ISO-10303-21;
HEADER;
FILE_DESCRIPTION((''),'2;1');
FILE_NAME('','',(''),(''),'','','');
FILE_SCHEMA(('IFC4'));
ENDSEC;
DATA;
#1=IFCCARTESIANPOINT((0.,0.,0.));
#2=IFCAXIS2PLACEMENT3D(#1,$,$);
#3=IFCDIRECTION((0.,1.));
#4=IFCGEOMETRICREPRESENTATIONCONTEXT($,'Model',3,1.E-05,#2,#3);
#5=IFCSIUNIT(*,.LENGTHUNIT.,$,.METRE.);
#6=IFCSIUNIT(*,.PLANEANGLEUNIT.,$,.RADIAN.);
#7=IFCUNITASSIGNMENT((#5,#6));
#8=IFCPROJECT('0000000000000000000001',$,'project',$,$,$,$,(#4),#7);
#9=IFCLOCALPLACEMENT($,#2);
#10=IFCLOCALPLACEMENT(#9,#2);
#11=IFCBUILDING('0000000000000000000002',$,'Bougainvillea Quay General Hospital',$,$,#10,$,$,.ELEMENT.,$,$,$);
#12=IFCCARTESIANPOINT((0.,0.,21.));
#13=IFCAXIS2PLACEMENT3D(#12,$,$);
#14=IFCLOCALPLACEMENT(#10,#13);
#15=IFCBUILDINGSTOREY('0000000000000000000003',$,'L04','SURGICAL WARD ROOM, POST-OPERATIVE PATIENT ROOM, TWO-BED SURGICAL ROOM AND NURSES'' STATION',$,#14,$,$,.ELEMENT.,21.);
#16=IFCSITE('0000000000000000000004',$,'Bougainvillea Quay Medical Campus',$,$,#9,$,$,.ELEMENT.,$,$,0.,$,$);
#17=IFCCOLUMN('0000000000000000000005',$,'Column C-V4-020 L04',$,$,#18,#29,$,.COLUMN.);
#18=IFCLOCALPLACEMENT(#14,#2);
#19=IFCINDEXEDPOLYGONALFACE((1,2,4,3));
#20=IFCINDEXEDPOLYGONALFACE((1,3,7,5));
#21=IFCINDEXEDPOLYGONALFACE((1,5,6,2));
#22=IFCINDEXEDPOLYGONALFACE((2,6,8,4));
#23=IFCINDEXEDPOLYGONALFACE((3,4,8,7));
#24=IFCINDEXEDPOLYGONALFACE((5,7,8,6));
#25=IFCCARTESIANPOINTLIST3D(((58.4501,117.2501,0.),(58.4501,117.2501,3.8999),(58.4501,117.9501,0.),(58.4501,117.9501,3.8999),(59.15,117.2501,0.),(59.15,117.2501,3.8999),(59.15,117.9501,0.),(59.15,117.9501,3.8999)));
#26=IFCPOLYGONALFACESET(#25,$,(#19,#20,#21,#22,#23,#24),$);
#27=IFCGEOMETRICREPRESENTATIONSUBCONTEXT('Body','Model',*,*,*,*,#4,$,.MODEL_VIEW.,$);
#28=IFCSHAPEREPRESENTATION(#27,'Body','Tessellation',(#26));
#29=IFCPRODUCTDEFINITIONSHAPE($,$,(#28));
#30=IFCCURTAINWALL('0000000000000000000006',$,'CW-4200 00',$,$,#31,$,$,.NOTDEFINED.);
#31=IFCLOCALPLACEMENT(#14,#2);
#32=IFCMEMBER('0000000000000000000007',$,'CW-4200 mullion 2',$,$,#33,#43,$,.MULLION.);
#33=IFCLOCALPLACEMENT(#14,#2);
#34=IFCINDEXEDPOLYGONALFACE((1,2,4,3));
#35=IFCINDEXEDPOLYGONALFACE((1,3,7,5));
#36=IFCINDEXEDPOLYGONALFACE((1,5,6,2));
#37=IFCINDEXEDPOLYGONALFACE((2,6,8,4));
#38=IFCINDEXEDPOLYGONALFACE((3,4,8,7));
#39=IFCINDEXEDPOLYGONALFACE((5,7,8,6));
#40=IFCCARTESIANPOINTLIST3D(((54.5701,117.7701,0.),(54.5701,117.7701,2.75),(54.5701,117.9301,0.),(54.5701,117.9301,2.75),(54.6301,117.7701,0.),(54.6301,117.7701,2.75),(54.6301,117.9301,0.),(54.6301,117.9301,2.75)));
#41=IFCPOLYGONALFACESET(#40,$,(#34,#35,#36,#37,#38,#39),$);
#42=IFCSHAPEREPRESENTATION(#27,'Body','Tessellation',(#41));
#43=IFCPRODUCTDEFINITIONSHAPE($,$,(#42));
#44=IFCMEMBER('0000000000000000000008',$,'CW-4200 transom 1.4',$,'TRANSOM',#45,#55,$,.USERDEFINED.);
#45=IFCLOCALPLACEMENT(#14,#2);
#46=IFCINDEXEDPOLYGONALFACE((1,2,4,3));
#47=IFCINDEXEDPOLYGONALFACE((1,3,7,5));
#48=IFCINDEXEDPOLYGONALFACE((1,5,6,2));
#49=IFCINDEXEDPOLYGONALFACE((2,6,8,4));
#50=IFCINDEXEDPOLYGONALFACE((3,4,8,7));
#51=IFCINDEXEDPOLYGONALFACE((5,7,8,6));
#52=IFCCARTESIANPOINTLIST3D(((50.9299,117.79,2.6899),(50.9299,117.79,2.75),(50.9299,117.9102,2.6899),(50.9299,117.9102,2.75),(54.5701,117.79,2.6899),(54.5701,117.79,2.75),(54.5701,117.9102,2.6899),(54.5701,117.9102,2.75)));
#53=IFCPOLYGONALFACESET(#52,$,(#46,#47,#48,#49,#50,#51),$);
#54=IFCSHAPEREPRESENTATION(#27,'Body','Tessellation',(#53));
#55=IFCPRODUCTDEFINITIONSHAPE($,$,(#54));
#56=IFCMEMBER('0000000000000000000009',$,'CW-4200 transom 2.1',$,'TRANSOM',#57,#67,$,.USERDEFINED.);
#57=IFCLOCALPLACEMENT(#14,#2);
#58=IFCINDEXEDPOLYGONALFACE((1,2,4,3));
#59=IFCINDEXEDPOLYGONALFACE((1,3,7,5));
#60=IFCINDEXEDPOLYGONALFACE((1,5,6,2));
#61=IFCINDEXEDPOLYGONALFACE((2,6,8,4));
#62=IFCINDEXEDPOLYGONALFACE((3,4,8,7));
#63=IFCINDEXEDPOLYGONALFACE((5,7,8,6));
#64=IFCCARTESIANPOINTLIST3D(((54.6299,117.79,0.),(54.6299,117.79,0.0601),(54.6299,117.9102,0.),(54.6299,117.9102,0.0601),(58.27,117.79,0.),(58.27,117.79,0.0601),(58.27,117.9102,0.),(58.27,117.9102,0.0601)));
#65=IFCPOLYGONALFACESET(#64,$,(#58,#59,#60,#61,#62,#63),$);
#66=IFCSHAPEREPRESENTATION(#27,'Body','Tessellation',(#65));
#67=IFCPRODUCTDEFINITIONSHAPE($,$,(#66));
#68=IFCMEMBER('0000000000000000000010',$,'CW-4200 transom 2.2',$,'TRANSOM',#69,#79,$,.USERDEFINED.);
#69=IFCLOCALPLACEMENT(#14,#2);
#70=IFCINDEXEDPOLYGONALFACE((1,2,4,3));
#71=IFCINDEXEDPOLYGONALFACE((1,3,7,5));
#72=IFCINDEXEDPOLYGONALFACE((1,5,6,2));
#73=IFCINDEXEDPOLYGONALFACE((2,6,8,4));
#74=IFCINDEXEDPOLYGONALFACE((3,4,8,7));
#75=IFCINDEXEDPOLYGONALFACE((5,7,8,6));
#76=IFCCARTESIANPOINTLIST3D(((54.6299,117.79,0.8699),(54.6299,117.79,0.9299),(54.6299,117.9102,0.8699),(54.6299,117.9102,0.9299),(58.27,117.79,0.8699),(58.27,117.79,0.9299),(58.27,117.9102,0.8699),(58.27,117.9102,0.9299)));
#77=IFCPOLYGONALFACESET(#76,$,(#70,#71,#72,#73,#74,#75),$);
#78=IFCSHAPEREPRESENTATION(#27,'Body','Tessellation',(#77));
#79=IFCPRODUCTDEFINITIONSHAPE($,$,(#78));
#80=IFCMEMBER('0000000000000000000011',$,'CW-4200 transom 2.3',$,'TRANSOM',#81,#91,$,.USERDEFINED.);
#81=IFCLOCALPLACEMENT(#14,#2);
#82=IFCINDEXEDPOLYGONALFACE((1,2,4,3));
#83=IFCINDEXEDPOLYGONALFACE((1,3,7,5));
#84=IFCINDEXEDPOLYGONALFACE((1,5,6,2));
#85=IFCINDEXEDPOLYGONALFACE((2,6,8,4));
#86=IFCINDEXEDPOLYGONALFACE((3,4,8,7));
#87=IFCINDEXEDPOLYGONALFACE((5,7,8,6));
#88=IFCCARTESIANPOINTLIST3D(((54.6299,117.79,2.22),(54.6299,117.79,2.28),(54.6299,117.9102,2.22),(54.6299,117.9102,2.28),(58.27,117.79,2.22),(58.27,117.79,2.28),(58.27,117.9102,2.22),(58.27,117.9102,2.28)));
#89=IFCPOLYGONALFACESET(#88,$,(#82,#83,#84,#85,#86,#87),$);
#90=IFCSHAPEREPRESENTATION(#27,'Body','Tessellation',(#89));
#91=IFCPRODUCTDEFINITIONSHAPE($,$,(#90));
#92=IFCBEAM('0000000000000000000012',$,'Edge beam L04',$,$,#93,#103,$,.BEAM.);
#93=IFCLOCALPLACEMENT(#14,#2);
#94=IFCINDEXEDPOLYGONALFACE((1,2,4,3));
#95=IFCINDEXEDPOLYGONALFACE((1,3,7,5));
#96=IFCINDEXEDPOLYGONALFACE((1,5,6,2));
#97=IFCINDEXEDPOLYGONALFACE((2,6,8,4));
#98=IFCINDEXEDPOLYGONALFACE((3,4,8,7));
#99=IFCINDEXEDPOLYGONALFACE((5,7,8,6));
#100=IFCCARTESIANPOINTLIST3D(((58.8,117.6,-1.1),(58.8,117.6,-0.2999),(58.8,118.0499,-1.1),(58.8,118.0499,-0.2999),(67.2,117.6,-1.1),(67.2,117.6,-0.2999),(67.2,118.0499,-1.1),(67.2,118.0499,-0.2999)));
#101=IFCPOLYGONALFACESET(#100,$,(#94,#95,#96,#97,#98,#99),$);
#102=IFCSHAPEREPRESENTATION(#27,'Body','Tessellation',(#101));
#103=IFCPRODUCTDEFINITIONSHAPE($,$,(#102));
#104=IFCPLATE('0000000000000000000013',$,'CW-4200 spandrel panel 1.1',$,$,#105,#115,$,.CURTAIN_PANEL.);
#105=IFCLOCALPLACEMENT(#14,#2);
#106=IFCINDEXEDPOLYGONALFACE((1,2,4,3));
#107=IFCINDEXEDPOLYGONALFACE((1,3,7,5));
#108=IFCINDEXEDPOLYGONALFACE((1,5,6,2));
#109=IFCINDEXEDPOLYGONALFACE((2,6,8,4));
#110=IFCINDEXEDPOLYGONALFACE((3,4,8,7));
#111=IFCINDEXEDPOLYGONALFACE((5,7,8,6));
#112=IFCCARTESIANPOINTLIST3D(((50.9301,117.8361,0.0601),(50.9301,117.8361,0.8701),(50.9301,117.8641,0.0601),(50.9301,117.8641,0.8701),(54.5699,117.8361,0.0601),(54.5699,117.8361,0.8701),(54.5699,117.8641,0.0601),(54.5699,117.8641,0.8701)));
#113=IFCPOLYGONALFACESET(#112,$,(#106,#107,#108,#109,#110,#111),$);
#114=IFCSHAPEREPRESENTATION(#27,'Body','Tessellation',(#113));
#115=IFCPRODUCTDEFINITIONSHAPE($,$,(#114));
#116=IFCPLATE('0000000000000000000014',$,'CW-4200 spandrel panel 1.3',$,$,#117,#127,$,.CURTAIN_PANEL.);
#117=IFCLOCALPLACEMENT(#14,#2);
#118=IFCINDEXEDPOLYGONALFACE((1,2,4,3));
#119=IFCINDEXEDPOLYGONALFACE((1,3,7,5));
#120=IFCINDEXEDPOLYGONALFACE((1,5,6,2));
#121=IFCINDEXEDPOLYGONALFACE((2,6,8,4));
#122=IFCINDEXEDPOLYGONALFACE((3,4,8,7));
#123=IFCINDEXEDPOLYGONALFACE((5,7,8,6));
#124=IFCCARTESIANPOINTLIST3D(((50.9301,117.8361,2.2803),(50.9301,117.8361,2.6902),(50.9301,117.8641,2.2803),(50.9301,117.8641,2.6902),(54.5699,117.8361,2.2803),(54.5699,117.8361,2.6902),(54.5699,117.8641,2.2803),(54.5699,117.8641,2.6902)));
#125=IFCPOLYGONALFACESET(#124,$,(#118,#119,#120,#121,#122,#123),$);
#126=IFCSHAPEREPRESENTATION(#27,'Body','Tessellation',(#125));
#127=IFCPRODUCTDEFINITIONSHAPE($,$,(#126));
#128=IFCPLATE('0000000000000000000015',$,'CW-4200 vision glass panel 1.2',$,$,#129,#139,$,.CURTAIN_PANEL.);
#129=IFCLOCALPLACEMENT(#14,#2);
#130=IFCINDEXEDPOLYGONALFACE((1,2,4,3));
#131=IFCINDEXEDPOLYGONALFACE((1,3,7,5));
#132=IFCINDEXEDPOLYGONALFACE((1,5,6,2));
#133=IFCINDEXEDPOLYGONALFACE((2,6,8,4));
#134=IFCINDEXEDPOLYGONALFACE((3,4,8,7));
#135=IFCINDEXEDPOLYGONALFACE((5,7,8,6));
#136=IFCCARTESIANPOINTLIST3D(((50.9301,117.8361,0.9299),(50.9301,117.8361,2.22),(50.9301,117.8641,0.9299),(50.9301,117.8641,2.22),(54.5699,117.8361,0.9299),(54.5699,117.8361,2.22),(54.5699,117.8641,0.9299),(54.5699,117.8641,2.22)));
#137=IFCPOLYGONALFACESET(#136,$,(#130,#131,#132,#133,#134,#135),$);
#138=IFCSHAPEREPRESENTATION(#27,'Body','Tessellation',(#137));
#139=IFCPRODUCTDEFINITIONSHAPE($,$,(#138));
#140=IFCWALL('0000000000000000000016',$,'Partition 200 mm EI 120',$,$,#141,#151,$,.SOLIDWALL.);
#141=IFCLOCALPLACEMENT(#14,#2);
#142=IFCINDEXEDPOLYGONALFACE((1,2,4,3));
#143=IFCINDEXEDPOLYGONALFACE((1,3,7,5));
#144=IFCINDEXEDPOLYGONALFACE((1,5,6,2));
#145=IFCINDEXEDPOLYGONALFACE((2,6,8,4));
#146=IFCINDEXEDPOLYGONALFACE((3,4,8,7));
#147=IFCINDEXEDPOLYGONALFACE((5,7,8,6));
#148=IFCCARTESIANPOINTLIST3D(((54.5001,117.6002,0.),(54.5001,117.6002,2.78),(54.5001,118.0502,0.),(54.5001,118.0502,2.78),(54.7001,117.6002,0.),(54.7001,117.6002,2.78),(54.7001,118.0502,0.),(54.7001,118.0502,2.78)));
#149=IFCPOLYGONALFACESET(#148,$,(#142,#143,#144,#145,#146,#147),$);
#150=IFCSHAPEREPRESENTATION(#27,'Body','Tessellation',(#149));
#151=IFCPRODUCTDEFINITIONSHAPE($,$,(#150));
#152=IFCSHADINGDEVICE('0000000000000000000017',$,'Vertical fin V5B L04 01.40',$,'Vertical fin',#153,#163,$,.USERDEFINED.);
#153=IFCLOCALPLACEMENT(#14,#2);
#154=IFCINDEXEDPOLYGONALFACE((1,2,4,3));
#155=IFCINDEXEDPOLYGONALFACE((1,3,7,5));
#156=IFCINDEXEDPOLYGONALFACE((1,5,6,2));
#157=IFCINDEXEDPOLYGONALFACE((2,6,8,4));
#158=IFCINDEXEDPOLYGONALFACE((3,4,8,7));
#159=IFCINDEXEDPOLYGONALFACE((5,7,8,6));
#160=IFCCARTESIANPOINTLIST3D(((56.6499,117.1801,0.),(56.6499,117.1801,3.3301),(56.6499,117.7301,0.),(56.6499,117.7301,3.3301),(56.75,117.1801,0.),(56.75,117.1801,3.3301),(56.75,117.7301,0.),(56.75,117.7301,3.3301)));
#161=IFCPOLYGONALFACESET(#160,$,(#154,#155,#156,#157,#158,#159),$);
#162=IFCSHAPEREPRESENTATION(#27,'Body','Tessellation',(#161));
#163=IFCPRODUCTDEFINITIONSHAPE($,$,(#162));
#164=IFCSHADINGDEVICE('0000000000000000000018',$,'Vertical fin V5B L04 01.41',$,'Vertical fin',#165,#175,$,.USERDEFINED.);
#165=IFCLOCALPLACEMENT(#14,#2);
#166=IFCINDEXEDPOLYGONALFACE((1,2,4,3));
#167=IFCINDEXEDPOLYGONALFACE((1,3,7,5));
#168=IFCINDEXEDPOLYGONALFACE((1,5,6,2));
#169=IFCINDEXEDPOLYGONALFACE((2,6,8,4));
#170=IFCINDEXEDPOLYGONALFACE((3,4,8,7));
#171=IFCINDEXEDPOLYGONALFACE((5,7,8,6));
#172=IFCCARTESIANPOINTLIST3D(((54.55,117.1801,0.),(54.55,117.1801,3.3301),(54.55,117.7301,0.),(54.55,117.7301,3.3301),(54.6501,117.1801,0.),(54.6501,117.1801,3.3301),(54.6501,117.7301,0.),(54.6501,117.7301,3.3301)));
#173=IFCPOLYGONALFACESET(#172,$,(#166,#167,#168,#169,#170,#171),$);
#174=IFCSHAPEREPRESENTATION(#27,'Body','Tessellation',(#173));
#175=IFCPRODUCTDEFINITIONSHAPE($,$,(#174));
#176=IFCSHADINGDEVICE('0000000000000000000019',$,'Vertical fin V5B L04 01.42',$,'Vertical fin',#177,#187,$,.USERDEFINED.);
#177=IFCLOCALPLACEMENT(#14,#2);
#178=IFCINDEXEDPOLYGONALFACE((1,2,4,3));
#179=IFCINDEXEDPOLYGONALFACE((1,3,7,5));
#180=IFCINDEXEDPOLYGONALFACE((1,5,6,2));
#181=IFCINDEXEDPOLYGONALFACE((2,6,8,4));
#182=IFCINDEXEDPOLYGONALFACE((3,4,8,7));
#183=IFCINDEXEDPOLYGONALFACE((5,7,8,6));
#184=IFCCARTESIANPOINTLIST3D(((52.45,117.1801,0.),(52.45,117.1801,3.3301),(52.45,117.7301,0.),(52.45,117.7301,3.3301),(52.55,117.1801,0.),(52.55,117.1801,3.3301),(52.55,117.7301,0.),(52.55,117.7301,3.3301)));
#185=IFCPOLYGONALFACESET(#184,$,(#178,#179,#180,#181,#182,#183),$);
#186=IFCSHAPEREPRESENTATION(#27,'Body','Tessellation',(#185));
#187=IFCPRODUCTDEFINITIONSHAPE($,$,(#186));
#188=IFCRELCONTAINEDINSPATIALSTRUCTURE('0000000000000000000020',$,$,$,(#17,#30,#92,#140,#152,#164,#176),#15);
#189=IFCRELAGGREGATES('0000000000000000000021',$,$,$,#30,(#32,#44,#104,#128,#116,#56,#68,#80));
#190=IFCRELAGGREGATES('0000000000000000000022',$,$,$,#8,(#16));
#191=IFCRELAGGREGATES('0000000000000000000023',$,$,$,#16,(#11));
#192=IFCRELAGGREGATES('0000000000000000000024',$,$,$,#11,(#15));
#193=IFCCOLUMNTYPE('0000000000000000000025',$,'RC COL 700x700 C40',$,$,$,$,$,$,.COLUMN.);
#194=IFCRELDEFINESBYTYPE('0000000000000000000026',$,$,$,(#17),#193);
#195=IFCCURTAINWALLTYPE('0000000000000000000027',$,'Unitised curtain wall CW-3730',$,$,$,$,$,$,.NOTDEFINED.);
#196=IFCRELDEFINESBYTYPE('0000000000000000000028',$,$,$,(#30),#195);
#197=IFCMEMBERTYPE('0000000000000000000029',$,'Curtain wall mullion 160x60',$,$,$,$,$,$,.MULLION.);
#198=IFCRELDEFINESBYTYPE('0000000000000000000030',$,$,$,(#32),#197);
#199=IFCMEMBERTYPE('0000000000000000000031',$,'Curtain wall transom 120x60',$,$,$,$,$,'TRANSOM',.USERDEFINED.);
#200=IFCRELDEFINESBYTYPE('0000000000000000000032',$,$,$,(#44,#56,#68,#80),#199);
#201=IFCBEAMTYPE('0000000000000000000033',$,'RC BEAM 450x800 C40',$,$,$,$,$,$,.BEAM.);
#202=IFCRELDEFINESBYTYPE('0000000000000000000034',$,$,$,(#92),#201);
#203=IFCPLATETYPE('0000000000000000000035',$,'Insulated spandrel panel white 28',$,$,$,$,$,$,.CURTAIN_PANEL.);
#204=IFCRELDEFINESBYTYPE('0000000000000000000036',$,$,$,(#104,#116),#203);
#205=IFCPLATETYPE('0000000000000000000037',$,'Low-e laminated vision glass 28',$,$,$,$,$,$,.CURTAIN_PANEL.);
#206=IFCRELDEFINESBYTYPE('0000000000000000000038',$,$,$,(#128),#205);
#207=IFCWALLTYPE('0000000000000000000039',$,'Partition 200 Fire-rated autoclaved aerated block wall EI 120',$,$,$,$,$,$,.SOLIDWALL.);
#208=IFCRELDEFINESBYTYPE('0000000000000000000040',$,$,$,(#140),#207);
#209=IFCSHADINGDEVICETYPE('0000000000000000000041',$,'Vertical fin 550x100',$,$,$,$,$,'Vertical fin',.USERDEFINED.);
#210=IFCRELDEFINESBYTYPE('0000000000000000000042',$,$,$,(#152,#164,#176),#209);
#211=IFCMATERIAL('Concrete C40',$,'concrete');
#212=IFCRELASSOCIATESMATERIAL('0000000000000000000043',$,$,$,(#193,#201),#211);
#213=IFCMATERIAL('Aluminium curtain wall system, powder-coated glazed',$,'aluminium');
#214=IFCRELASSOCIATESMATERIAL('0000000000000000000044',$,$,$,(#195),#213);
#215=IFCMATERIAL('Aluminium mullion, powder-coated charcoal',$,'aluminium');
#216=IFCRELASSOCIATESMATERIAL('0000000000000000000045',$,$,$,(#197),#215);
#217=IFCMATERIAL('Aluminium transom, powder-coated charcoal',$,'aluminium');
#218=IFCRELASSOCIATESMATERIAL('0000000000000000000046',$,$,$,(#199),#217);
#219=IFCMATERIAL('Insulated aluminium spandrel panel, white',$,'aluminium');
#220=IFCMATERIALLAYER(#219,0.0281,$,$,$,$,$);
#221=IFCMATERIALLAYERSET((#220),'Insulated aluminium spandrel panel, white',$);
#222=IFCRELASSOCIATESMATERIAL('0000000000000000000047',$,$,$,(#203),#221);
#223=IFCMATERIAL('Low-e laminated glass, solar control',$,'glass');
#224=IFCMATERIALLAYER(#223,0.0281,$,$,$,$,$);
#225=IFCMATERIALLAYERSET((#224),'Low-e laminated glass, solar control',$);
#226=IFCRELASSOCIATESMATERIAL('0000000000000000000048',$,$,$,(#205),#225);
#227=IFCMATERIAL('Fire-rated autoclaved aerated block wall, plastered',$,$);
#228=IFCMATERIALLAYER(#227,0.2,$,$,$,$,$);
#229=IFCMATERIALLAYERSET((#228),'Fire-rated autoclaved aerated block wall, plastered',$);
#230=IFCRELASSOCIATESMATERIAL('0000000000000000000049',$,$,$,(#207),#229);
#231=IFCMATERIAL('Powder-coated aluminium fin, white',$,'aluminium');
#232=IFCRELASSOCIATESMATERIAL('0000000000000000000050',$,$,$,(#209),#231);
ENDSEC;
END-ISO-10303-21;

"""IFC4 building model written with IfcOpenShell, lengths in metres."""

from ifc_helpers import new_model, si_unit, direction, frame, frame_2d, origin, origin_2d, place, context, subcontext, project, spatial, rectangle, extrude, material, layer, layer_set, material_profile, profile_set, type_object, element, aggregate, save


model = new_model("IFC4")

# Units and contexts
model_context = context("Model", 3, precision=1e-05, world=origin(), true_north=direction((0.0, 1.0)))
body_context = subcontext(model_context, "Body", "Model", "MODEL_VIEW")
ifc_project = project(units=[si_unit("LENGTHUNIT", "METRE"), si_unit("PLANEANGLEUNIT", "RADIAN")], contexts=[model_context])

# Site, building, storey
site_placement = place(None, origin())
site = spatial("IfcSite", under=ifc_project, at=site_placement, Name="Bougainvillea Quay Medical Campus", CompositionType="ELEMENT", RefElevation=0.0)
building_placement = place(site_placement, origin())
building = spatial("IfcBuilding", under=site, at=building_placement, Name="Bougainvillea Quay General Hospital", CompositionType="ELEMENT")
storey_placement = place(building_placement, frame((0.0, 0.0, 21.0)))
storey = spatial("IfcBuildingStorey", under=building, at=storey_placement, Name="L04", Description="SURGICAL WARD ROOM, POST-OPERATIVE PATIENT ROOM, TWO-BED SURGICAL ROOM AND NURSES' STATION", CompositionType="ELEMENT", Elevation=21.0)

# Column
ifc_material_1 = material(Name="Concrete C40", Category="concrete")
ifc_material_profile_1 = material_profile(ifc_material_1, rectangle(XDim=0.7, YDim=0.7, at=origin_2d()))
ifc_profile_set_1 = profile_set([ifc_material_profile_1], Name="Concrete C40")
column_type = type_object("IfcColumnType", Name="RC COL 700x700 C40", PredefinedType="COLUMN", material=ifc_profile_set_1)
column_placement = place(storey_placement, frame((58.8, 117.6001, 0.0), z_axis=(0.0, 0.0, 1.0), x_axis=(1.0, 0.0, 0.0)))
element("IfcColumn", 1, at=column_placement, inside=storey, type_object=column_type, Name="Column C-V4-020 L04", PredefinedType="COLUMN", context=body_context, shape_type="SweptSolid", body=[
    extrude(rectangle(XDim=0.7, YDim=0.7, at=origin_2d()), origin(), (0.0, 0.0, 1.0), 3.8999),
])

# Curtain wall, members
ifc_material_2 = material(Name="Aluminium curtain wall system, powder-coated glazed", Category="aluminium")
curtain_wall_type = type_object("IfcCurtainWallType", Name="Unitised curtain wall CW-3730", PredefinedType="NOTDEFINED", material=ifc_material_2)
curtain_wall_placement = place(storey_placement, origin())
curtain_wall = element("IfcCurtainWall", 2, at=curtain_wall_placement, inside=storey, type_object=curtain_wall_type, Name="CW-4200 00", PredefinedType="NOTDEFINED")
ifc_material_3 = material(Name="Aluminium mullion, powder-coated charcoal", Category="aluminium")
ifc_material_profile_2 = material_profile(ifc_material_3, rectangle(XDim=0.1599, YDim=0.0601, at=origin_2d()))
ifc_profile_set_2 = profile_set([ifc_material_profile_2], Name="Aluminium mullion, powder-coated charcoal")
member_type_1 = type_object("IfcMemberType", Name="Curtain wall mullion 160x60", PredefinedType="MULLION", material=ifc_profile_set_2)
member_1_placement = place(storey_placement, frame((54.6001, 117.8501, 0.0), z_axis=(0.0, 0.0, 1.0), x_axis=(0.0, 1.0, 0.0)))
member_1 = element("IfcMember", 3, at=member_1_placement, type_object=member_type_1, Name="CW-4200 mullion 2", PredefinedType="MULLION", context=body_context, shape_type="SweptSolid", body=[
    extrude(rectangle(XDim=0.1599, YDim=0.0601, at=origin_2d()), origin(), (0.0, 0.0, 1.0), 2.75),
])
ifc_material_4 = material(Name="Aluminium transom, powder-coated charcoal", Category="aluminium")
ifc_material_profile_3 = material_profile(ifc_material_4, rectangle(XDim=0.1201, YDim=0.0601, at=origin_2d()))
ifc_profile_set_3 = profile_set([ifc_material_profile_3], Name="Aluminium transom, powder-coated charcoal")
member_type_2 = type_object("IfcMemberType", Name="Curtain wall transom 120x60", ElementType="TRANSOM", PredefinedType="USERDEFINED", material=ifc_profile_set_3)
member_2_placement = place(storey_placement, frame((50.9299, 117.8501, 2.72), z_axis=(1.0, 0.0, 0.0), x_axis=(0.0, 1.0, 0.0)))
member_2 = element("IfcMember", 4, at=member_2_placement, type_object=member_type_2, Name="CW-4200 transom 1.4", ObjectType="TRANSOM", PredefinedType="USERDEFINED", context=body_context, shape_type="SweptSolid", body=[
    extrude(rectangle(XDim=0.1201, YDim=0.0601, at=origin_2d()), origin(), (0.0, 0.0, 1.0), 3.6401),
])
member_3_placement = place(storey_placement, frame((54.6299, 117.8501, 0.03), z_axis=(1.0, 0.0, 0.0), x_axis=(0.0, 1.0, 0.0)))
member_3 = element("IfcMember", 5, at=member_3_placement, type_object=member_type_2, Name="CW-4200 transom 2.1", ObjectType="TRANSOM", PredefinedType="USERDEFINED", context=body_context, shape_type="SweptSolid", body=[
    extrude(rectangle(XDim=0.1201, YDim=0.0601, at=origin_2d()), origin(), (0.0, 0.0, 1.0), 3.6401),
])
member_4_placement = place(storey_placement, frame((54.6299, 117.8501, 0.8999), z_axis=(1.0, 0.0, 0.0), x_axis=(0.0, 1.0, 0.0)))
member_4 = element("IfcMember", 6, at=member_4_placement, type_object=member_type_2, Name="CW-4200 transom 2.2", ObjectType="TRANSOM", PredefinedType="USERDEFINED", context=body_context, shape_type="SweptSolid", body=[
    extrude(rectangle(XDim=0.1201, YDim=0.0601, at=origin_2d()), origin(), (0.0, 0.0, 1.0), 3.6401),
])
member_5_placement = place(storey_placement, frame((54.6299, 117.8501, 2.25), z_axis=(1.0, 0.0, 0.0), x_axis=(0.0, 1.0, 0.0)))
member_5 = element("IfcMember", 7, at=member_5_placement, type_object=member_type_2, Name="CW-4200 transom 2.3", ObjectType="TRANSOM", PredefinedType="USERDEFINED", context=body_context, shape_type="SweptSolid", body=[
    extrude(rectangle(XDim=0.1201, YDim=0.0601, at=origin_2d()), origin(), (0.0, 0.0, 1.0), 3.6401),
])

# Beam
ifc_material_profile_4 = material_profile(ifc_material_1, rectangle(XDim=0.45, YDim=0.8, at=origin_2d()))
ifc_profile_set_4 = profile_set([ifc_material_profile_4], Name="Concrete C40")
beam_type = type_object("IfcBeamType", Name="RC BEAM 450x800 C40", PredefinedType="BEAM", material=ifc_profile_set_4)
beam_placement = place(storey_placement, frame((58.8, 117.825, -0.7), z_axis=(1.0, 0.0, 0.0), x_axis=(0.0, 1.0, 0.0)))
element("IfcBeam", 8, at=beam_placement, inside=storey, type_object=beam_type, Name="Edge beam L04", PredefinedType="BEAM", context=body_context, shape_type="SweptSolid", body=[
    extrude(rectangle(XDim=0.45, YDim=0.8, at=origin_2d()), origin(), (0.0, 0.0, 1.0), 8.3999),
])

# Plates
ifc_material_5 = material(Name="Insulated aluminium spandrel panel, white", Category="aluminium")
ifc_layer_1 = layer(ifc_material_5, 0.0281)
ifc_layer_set_1 = layer_set([ifc_layer_1], Name="Insulated aluminium spandrel panel, white")
plate_type_1 = type_object("IfcPlateType", Name="Insulated spandrel panel white 28", PredefinedType="CURTAIN_PANEL", material=ifc_layer_set_1)
plate_1_placement = place(storey_placement, frame((52.75, 117.8501, 0.0601), z_axis=(0.0, 0.0, 1.0), x_axis=(1.0, 0.0, 0.0)))
plate_1 = element("IfcPlate", 9, at=plate_1_placement, type_object=plate_type_1, Name="CW-4200 spandrel panel 1.1", PredefinedType="CURTAIN_PANEL", context=body_context, shape_type="SweptSolid", body=[
    extrude(rectangle(XDim=3.6399, YDim=0.0281, at=origin_2d()), origin(), (0.0, 0.0, 1.0), 0.8101),
])
plate_2_placement = place(storey_placement, frame((52.75, 117.8501, 2.2803), z_axis=(0.0, 0.0, 1.0), x_axis=(1.0, 0.0, 0.0)))
plate_2 = element("IfcPlate", 10, at=plate_2_placement, type_object=plate_type_1, Name="CW-4200 spandrel panel 1.3", PredefinedType="CURTAIN_PANEL", context=body_context, shape_type="SweptSolid", body=[
    extrude(rectangle(XDim=3.6399, YDim=0.0281, at=origin_2d()), origin(), (0.0, 0.0, 1.0), 0.4099),
])
ifc_material_6 = material(Name="Low-e laminated glass, solar control", Category="glass")
ifc_layer_2 = layer(ifc_material_6, 0.0281)
ifc_layer_set_2 = layer_set([ifc_layer_2], Name="Low-e laminated glass, solar control")
plate_type_2 = type_object("IfcPlateType", Name="Low-e laminated vision glass 28", PredefinedType="CURTAIN_PANEL", material=ifc_layer_set_2)
plate_3_placement = place(storey_placement, frame((52.75, 117.8501, 0.9299), z_axis=(0.0, 0.0, 1.0), x_axis=(1.0, 0.0, 0.0)))
plate_3 = element("IfcPlate", 11, at=plate_3_placement, type_object=plate_type_2, Name="CW-4200 vision glass panel 1.2", PredefinedType="CURTAIN_PANEL", context=body_context, shape_type="SweptSolid", body=[
    extrude(rectangle(XDim=3.6399, YDim=0.0281, at=origin_2d()), origin(), (0.0, 0.0, 1.0), 1.29),
])
aggregate(curtain_wall, [member_1, member_2, plate_1, plate_3, plate_2, member_3, member_4, member_5])

# Wall
ifc_material_7 = material(Name="Fire-rated autoclaved aerated block wall, plastered")
ifc_layer_3 = layer(ifc_material_7, 0.2)
ifc_layer_set_3 = layer_set([ifc_layer_3], Name="Fire-rated autoclaved aerated block wall, plastered")
wall_type = type_object("IfcWallType", Name="Partition 200 Fire-rated autoclaved aerated block wall EI 120", PredefinedType="SOLIDWALL", material=ifc_layer_set_3)
wall_placement = place(storey_placement, frame((54.6001, 117.6001, 0.0), z_axis=(0.0, 0.0, 1.0), x_axis=(0.0, 1.0, 0.0)))
element("IfcWall", 12, at=wall_placement, inside=storey, type_object=wall_type, Name="Partition 200 mm EI 120", PredefinedType="SOLIDWALL", context=body_context, shape_type="SweptSolid", body=[
    extrude(rectangle(XDim=0.45, YDim=0.2, at=frame_2d((0.2251, 0.0))), origin(), (0.0, 0.0, 1.0), 2.78),
])

# Shading devices
ifc_material_8 = material(Name="Powder-coated aluminium fin, white", Category="aluminium")
ifc_material_profile_5 = material_profile(ifc_material_8, rectangle(XDim=0.55, YDim=0.1001, at=origin_2d()))
ifc_profile_set_5 = profile_set([ifc_material_profile_5], Name="Powder-coated aluminium fin, white")
shading_device_type = type_object("IfcShadingDeviceType", Name="Vertical fin 550x100", ElementType="Vertical fin", PredefinedType="USERDEFINED", material=ifc_profile_set_5)
for number, where, z_axis, x_axis, name in (
    (13, (56.7, 117.4551, 0.0), (0.0, 0.0, 1.0), (0.0, -1.0, 0.0), "Vertical fin V5B L04 01.40"),
    (14, (54.6001, 117.4551, 0.0), (0.0, 0.0, 1.0), (0.0, -1.0, 0.0), "Vertical fin V5B L04 01.41"),
    (15, (52.5, 117.4551, 0.0), (0.0, 0.0, 1.0), (0.0, -1.0, 0.0), "Vertical fin V5B L04 01.42"),
):
    element("IfcShadingDevice", number, at=place(storey_placement, frame(where, z_axis=z_axis, x_axis=x_axis)), inside=storey, type_object=shading_device_type, Name=name, ObjectType="Vertical fin", PredefinedType="USERDEFINED", context=body_context, shape_type="SweptSolid", body=[
        extrude(rectangle(XDim=0.55, YDim=0.1001, at=origin_2d()), origin(), (0.0, 0.0, 1.0), 3.3301),
    ])

save(model, "model.ifc")
